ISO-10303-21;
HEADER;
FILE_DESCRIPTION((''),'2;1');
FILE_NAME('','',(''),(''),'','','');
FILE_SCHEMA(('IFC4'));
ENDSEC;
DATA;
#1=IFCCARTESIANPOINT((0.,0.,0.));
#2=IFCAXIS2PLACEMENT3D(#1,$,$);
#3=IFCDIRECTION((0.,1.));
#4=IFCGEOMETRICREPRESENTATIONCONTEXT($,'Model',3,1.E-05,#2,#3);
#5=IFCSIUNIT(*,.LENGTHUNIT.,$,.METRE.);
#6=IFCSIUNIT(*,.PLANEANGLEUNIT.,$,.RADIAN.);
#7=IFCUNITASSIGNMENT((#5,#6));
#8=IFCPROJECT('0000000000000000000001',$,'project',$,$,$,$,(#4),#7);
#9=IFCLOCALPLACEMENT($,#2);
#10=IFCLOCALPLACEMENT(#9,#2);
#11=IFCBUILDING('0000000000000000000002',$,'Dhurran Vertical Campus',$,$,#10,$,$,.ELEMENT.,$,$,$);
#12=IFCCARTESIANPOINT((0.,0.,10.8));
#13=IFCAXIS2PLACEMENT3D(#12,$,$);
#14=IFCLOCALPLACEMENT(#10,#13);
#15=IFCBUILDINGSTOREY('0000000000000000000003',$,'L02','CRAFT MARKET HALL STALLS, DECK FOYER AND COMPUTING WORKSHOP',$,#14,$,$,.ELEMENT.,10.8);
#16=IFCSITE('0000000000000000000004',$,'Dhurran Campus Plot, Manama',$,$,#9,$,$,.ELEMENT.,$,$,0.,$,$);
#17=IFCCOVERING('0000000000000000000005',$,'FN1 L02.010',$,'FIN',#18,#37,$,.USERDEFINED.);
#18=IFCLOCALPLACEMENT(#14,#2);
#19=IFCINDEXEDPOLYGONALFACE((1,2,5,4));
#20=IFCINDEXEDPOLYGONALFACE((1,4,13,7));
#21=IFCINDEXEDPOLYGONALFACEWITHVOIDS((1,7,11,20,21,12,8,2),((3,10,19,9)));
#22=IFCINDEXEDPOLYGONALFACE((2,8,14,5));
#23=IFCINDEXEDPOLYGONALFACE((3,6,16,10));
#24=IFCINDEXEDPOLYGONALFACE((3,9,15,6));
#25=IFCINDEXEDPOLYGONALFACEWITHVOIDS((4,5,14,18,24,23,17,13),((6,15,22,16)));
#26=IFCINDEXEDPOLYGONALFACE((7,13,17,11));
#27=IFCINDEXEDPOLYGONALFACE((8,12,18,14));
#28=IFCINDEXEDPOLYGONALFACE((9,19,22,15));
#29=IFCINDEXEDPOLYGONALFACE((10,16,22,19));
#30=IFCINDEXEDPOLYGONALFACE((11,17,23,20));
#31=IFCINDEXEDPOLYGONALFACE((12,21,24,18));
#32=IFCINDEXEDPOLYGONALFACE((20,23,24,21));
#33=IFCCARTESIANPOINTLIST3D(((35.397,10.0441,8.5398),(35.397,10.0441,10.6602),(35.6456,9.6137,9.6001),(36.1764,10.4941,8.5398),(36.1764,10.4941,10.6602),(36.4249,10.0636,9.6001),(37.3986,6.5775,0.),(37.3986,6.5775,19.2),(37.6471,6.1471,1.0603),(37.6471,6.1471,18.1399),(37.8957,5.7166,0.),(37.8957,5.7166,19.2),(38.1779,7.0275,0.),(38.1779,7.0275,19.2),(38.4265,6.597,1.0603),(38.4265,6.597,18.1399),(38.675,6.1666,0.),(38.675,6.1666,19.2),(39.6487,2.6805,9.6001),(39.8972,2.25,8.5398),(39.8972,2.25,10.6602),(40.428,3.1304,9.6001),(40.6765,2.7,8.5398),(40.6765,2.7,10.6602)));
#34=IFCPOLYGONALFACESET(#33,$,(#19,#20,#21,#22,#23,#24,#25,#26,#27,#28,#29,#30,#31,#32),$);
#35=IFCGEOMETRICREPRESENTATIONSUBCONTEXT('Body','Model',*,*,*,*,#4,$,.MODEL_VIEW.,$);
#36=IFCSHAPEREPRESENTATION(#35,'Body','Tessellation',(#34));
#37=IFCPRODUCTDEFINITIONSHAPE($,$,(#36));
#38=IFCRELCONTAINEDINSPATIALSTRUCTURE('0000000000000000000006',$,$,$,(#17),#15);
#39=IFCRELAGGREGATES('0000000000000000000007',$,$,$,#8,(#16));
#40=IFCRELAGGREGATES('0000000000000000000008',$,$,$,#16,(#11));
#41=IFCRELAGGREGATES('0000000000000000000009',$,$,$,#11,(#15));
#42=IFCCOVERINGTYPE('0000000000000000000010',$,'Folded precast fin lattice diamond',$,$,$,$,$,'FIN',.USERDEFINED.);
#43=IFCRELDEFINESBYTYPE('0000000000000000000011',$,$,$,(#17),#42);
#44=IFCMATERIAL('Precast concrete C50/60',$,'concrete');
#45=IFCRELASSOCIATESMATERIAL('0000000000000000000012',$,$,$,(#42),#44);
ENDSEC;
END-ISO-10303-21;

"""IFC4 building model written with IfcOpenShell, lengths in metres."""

from ifc_helpers import new_model, si_unit, direction, frame, origin, place, context, subcontext, project, spatial, polyline, outline, extrude, material, type_object, element, save


model = new_model("IFC4")

# Units and contexts
model_context = context("Model", 3, precision=1e-05, world=origin(), true_north=direction((0.0, 1.0)))
body_context = subcontext(model_context, "Body", "Model", "MODEL_VIEW")
ifc_project = project(units=[si_unit("LENGTHUNIT", "METRE"), si_unit("PLANEANGLEUNIT", "RADIAN")], contexts=[model_context])

# Site, building, storey
site_placement = place(None, origin())
site = spatial("IfcSite", under=ifc_project, at=site_placement, Name="Dhurran Campus Plot, Manama", CompositionType="ELEMENT", RefElevation=0.0)
building_placement = place(site_placement, origin())
building = spatial("IfcBuilding", under=site, at=building_placement, Name="Dhurran Vertical Campus", CompositionType="ELEMENT")
storey_placement = place(building_placement, frame((0.0, 0.0, 10.8)))
storey = spatial("IfcBuildingStorey", under=building, at=storey_placement, Name="L02", Description="CRAFT MARKET HALL STALLS, DECK FOYER AND COMPUTING WORKSHOP", CompositionType="ELEMENT", Elevation=10.8)

# Covering
ifc_material_1 = material(Name="Precast concrete C50/60", Category="concrete")
covering_type = type_object("IfcCoveringType", Name="Folded precast fin lattice diamond", ElementType="FIN", PredefinedType="USERDEFINED", material=ifc_material_1)
for number, where, z_axis, x_axis, name in (
    (1, (39.8972, 2.25, 0.0), (0.866014, 0.50002, 0.0), (-0.50002, 0.866014, 0.0), "FN1 L02.010"),
):
    element("IfcCovering", number, at=place(storey_placement, frame(where, z_axis=z_axis, x_axis=x_axis)), inside=storey, type_object=covering_type, Name=name, ObjectType="FIN", PredefinedType="USERDEFINED", context=body_context, shape_type="SweptSolid", body=[
        extrude(outline(polyline([(9.0, 10.6602), (9.0, 8.5398), (4.9971, 0.0), (4.0029, 0.0), (0.0, 8.5398), (0.0, 10.6602), (4.0029, 19.2), (4.9971, 19.2), (9.0, 10.6602)]), holes=[polyline([(8.5029, 9.6001), (4.5, 18.1399), (0.4971, 9.6001), (4.5, 1.0603), (8.5029, 9.6001)])]), origin(), (0.0, 0.0, 1.0), 0.8999),
    ])

save(model, "model.ifc")
